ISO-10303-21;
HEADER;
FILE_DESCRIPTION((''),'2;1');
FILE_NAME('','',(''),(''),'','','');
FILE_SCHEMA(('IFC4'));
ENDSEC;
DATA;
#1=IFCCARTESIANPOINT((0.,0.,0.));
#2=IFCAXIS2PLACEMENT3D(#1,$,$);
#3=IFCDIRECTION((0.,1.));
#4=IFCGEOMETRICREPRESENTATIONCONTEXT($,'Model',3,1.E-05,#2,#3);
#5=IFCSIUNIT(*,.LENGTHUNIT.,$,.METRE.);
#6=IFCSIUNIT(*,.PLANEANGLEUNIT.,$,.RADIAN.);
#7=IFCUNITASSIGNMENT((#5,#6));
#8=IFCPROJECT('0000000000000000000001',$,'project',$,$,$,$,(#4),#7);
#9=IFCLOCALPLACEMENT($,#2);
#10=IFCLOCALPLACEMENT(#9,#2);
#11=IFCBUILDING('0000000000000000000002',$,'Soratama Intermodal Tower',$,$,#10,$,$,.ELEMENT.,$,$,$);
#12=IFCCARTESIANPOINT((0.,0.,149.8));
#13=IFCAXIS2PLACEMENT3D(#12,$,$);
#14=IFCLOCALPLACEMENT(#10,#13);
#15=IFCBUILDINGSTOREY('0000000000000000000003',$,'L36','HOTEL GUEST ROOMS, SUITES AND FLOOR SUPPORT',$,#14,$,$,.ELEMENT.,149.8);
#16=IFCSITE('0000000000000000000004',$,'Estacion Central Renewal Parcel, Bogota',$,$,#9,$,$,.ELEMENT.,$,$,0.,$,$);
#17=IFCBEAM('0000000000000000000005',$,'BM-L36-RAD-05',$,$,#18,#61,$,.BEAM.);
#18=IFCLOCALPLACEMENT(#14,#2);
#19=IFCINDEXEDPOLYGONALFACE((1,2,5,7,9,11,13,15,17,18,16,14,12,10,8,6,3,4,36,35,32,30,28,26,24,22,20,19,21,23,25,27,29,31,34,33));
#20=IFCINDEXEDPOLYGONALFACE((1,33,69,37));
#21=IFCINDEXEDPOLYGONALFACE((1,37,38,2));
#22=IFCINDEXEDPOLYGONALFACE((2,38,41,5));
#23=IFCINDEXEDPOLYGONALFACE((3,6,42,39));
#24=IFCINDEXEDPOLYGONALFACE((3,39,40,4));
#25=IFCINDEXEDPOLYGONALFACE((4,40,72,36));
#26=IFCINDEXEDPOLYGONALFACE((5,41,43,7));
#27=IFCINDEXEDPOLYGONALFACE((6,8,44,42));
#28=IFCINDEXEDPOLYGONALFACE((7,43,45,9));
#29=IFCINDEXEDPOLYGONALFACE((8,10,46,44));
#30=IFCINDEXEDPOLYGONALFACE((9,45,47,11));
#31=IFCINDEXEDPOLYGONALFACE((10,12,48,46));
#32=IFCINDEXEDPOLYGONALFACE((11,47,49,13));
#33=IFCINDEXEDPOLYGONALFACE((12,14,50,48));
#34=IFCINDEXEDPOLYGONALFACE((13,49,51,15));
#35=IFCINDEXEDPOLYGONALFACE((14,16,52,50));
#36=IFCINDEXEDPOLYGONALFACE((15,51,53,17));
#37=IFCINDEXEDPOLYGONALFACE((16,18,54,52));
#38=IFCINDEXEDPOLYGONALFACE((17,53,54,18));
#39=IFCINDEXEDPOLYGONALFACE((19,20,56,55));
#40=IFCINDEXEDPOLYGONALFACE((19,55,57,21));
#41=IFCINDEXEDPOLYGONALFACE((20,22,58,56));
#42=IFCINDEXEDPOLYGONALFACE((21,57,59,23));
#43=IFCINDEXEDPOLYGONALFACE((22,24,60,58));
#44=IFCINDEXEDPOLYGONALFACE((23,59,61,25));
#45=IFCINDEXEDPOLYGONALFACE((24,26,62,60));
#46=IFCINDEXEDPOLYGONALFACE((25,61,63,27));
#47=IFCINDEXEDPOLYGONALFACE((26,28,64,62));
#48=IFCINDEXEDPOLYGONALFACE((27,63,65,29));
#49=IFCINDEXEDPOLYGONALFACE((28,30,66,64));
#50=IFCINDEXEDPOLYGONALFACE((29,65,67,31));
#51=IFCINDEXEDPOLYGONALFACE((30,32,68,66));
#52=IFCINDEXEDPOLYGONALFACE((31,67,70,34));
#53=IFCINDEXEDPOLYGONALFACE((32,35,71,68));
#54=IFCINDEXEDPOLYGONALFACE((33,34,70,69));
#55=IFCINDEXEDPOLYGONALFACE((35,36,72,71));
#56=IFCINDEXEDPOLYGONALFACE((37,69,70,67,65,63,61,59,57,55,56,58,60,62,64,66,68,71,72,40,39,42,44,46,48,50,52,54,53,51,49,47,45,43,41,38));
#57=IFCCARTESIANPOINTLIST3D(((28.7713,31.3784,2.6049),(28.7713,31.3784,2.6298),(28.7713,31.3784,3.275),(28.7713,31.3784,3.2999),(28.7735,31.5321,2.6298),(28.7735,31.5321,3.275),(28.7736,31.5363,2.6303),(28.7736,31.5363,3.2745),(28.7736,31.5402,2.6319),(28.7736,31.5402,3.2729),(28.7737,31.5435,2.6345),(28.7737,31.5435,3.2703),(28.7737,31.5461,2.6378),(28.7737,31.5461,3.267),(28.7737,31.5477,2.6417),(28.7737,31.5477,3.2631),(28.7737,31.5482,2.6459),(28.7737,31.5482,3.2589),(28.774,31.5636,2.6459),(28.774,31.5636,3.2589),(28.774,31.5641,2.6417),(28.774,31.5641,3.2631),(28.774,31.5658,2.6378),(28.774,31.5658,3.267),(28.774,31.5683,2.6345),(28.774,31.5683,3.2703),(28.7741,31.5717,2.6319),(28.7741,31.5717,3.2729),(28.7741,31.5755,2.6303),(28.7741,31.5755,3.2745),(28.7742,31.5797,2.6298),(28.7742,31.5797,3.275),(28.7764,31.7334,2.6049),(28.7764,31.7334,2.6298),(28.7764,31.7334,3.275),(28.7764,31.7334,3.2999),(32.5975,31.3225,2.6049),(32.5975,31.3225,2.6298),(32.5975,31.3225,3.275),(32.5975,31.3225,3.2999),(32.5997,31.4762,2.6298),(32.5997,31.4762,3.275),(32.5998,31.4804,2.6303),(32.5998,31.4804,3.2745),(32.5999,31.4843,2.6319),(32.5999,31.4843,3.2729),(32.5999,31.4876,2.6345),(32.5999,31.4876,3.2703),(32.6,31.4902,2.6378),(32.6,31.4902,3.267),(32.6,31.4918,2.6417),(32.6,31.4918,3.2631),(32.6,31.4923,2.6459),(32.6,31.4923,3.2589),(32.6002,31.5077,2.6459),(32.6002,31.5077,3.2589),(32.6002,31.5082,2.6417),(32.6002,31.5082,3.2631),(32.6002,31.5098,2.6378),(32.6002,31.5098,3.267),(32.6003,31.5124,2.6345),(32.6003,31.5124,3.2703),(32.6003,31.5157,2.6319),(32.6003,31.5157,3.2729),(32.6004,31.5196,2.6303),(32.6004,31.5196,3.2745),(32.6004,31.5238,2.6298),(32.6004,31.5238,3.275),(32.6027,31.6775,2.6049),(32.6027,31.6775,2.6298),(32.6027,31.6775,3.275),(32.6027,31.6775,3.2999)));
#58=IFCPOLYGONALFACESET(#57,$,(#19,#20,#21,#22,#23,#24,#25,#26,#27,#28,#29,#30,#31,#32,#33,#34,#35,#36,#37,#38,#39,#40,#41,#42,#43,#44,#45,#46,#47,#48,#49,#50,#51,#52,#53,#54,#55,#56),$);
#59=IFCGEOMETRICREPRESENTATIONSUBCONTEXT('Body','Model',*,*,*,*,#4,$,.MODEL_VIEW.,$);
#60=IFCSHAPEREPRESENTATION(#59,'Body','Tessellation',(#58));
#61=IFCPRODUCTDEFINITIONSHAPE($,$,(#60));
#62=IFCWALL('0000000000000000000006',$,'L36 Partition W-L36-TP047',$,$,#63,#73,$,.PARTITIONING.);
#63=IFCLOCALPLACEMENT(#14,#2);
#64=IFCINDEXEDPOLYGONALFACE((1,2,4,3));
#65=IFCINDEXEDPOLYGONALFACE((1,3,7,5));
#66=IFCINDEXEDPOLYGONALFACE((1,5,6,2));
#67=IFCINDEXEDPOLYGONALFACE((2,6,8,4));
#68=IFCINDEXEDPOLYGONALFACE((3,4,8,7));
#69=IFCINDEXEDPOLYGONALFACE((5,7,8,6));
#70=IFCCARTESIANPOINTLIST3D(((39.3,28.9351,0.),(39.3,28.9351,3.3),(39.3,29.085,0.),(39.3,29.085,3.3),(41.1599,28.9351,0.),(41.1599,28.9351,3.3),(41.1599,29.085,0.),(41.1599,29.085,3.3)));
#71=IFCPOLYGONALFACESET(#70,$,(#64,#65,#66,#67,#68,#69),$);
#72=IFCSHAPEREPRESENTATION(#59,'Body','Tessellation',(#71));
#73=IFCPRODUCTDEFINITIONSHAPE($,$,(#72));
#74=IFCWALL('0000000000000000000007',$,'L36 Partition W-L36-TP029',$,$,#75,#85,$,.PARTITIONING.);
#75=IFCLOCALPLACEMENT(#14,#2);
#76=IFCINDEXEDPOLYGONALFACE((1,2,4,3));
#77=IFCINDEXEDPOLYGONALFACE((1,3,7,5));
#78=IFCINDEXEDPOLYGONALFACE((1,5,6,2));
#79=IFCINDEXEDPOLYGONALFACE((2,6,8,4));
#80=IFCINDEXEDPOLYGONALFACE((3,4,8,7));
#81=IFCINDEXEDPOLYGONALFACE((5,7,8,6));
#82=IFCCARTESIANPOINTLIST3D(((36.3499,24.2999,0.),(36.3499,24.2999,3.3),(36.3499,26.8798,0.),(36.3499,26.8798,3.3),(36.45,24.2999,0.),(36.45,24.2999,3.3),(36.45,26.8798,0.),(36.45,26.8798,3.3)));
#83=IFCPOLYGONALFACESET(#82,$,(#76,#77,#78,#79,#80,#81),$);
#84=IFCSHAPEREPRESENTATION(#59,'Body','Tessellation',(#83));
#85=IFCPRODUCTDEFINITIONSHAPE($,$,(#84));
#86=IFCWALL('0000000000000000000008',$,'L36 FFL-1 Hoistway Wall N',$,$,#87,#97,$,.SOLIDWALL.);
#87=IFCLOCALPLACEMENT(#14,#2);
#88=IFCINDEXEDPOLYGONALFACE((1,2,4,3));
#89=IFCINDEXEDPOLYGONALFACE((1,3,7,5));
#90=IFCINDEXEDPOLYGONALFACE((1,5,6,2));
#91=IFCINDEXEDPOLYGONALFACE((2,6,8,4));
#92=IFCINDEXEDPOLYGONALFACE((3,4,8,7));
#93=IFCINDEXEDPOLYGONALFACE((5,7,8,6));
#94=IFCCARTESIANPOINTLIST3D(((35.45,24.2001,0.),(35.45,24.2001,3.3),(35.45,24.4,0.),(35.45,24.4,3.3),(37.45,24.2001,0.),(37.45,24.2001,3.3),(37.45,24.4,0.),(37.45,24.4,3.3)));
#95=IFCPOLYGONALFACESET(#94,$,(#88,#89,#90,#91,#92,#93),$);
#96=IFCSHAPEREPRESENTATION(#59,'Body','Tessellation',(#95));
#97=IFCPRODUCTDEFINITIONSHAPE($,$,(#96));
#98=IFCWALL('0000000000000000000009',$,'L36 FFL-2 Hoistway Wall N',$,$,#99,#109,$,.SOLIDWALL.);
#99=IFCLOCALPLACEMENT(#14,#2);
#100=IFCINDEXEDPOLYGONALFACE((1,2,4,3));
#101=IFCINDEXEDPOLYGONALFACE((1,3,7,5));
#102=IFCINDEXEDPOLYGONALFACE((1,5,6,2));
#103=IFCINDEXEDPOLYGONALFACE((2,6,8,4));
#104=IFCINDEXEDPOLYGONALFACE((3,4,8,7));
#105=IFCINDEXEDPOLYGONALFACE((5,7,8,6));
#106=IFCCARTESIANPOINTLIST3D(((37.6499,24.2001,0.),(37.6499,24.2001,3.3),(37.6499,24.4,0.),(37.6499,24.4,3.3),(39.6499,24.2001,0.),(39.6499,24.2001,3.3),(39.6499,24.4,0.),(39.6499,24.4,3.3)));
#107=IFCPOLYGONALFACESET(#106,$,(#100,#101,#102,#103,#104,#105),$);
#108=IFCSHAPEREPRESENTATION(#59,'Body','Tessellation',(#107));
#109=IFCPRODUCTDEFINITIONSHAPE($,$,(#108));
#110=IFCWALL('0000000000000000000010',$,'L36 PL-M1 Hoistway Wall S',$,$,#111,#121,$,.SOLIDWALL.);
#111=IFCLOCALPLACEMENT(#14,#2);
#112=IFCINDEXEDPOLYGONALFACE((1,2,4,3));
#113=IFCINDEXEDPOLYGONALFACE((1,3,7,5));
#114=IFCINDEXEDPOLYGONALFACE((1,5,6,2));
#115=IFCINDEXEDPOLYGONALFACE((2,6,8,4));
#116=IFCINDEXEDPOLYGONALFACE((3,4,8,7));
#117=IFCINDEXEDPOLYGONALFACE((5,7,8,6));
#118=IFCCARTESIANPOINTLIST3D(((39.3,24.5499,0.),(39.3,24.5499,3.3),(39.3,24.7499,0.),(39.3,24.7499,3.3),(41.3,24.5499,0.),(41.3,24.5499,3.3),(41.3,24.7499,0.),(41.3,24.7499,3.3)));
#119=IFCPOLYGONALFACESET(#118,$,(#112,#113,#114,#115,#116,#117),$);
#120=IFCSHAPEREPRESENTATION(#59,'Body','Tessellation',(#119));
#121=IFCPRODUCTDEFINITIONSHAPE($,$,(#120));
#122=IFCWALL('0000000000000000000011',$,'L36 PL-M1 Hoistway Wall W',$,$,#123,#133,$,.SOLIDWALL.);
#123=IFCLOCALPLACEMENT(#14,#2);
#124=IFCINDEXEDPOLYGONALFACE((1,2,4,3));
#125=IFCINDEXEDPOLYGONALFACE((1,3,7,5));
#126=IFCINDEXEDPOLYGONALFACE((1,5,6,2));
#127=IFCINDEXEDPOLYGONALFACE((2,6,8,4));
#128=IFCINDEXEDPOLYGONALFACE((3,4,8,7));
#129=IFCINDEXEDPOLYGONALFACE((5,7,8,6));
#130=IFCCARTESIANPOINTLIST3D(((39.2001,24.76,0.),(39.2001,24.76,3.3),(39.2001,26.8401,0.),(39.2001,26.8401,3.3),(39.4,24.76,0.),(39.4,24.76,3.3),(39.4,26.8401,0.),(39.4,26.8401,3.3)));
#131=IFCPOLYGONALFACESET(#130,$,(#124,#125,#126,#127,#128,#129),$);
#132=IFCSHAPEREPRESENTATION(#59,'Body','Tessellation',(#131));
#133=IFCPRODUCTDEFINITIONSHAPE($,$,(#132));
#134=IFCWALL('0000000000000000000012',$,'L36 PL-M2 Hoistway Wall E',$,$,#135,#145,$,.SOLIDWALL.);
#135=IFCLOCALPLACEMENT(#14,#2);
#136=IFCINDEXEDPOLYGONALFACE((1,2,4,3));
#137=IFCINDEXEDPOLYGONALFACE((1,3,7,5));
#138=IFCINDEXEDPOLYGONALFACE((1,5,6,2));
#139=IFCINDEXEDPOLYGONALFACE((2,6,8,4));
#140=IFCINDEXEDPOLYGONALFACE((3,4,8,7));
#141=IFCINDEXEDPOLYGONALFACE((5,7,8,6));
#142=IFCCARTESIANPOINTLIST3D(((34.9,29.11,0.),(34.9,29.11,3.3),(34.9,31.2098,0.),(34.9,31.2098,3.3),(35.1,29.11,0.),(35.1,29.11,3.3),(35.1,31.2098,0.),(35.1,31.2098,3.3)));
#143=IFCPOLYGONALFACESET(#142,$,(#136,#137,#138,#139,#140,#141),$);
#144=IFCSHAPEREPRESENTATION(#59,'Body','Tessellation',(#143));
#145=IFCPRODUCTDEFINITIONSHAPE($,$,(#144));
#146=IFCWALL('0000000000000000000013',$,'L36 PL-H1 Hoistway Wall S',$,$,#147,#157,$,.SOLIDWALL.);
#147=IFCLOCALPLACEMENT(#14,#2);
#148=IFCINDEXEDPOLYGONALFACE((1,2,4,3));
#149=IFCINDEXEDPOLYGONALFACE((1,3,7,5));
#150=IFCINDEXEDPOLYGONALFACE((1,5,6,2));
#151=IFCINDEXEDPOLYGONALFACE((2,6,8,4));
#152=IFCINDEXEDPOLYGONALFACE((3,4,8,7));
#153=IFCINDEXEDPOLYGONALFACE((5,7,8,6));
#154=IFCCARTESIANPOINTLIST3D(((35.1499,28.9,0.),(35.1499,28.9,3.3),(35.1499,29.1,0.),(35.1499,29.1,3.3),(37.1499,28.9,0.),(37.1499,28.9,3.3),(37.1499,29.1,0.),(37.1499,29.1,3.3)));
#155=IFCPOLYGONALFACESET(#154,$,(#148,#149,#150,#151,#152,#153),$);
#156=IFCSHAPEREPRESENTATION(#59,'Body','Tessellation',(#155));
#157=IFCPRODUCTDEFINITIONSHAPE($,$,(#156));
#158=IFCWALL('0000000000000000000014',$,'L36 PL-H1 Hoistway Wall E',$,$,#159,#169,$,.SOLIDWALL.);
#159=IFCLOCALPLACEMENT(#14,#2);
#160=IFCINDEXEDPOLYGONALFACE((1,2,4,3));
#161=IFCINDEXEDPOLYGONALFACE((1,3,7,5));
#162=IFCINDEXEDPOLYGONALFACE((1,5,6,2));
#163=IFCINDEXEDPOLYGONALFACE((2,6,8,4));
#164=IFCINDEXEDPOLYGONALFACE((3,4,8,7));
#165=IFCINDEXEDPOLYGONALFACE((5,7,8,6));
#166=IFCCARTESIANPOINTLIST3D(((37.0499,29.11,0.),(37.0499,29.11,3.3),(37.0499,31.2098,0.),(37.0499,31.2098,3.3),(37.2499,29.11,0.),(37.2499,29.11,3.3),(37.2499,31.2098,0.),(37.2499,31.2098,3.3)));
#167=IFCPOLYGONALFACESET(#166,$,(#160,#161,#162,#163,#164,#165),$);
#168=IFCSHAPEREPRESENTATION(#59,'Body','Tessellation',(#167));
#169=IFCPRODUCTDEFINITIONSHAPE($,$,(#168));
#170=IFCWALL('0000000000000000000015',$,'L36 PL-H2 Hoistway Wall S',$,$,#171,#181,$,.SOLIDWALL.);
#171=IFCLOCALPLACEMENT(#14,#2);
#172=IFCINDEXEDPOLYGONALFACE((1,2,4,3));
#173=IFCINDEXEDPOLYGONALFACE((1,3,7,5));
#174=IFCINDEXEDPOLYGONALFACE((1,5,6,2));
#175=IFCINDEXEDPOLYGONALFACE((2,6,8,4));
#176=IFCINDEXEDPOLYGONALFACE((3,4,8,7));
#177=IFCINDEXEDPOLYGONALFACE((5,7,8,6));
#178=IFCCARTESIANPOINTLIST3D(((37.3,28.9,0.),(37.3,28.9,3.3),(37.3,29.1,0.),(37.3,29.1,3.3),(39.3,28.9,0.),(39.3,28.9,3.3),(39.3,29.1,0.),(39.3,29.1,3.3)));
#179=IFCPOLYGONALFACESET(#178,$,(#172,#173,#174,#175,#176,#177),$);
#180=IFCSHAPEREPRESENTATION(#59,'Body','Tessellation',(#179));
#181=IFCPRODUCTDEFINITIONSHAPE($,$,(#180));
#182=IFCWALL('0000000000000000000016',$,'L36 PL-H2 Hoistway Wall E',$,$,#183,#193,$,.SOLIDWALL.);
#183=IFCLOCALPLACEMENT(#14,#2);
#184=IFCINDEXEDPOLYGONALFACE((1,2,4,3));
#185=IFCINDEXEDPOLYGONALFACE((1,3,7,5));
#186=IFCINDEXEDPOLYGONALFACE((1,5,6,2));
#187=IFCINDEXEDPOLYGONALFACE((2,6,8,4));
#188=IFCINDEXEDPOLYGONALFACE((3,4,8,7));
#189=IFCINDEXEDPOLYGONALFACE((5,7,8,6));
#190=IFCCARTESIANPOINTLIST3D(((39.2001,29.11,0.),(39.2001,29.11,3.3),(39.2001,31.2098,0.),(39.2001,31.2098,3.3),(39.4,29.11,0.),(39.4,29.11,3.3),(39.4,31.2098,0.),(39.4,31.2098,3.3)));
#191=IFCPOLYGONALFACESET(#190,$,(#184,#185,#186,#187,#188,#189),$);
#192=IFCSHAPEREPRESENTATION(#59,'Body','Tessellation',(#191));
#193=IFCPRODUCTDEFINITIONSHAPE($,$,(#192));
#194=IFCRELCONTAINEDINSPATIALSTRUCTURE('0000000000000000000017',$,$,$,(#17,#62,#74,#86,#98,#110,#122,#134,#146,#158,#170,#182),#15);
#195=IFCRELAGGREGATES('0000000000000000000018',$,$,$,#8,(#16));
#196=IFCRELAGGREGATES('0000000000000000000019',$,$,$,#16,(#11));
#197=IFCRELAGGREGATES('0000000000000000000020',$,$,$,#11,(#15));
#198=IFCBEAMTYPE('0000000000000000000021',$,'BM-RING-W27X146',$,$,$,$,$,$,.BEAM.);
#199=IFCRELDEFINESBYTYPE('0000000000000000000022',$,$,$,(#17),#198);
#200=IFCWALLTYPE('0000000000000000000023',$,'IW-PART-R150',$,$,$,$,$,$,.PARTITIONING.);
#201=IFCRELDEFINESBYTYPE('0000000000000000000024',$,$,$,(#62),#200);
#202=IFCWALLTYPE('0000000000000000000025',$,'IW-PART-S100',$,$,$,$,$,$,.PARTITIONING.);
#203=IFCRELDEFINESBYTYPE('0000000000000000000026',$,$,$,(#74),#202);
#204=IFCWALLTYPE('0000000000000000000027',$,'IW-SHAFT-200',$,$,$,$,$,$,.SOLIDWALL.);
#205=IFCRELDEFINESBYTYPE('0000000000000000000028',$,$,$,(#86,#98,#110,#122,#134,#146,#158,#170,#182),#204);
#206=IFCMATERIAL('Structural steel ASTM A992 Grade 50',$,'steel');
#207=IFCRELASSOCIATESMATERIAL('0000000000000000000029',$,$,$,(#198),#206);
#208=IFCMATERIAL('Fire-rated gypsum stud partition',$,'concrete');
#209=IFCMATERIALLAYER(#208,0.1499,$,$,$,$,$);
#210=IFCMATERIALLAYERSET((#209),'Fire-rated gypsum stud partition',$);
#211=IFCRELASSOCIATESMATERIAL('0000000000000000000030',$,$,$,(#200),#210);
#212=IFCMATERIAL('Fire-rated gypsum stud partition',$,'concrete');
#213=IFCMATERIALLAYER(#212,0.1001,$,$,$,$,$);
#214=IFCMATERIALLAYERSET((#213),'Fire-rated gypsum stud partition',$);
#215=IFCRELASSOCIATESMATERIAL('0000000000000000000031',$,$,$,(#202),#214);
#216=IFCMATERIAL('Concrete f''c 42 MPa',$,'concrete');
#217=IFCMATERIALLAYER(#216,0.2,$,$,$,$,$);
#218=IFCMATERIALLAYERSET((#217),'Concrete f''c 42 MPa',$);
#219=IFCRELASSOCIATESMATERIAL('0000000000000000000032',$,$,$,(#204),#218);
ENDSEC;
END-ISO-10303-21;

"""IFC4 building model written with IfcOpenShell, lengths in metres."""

from ifc_helpers import new_model, si_unit, direction, frame, frame_2d, origin, origin_2d, place, context, subcontext, project, spatial, rectangle, i_section, extrude, material, layer, layer_set, material_profile, profile_set, type_object, element, save


model = new_model("IFC4")

# Units and contexts
model_context = context("Model", 3, precision=1e-05, world=origin(), true_north=direction((0.0, 1.0)))
body_context = subcontext(model_context, "Body", "Model", "MODEL_VIEW")
ifc_project = project(units=[si_unit("LENGTHUNIT", "METRE"), si_unit("PLANEANGLEUNIT", "RADIAN")], contexts=[model_context])

# Site, building, storey
site_placement = place(None, origin())
site = spatial("IfcSite", under=ifc_project, at=site_placement, Name="Estacion Central Renewal Parcel, Bogota", CompositionType="ELEMENT", RefElevation=0.0)
building_placement = place(site_placement, origin())
building = spatial("IfcBuilding", under=site, at=building_placement, Name="Soratama Intermodal Tower", CompositionType="ELEMENT")
storey_placement = place(building_placement, frame((0.0, 0.0, 149.8)))
storey = spatial("IfcBuildingStorey", under=building, at=storey_placement, Name="L36", Description="HOTEL GUEST ROOMS, SUITES AND FLOOR SUPPORT", CompositionType="ELEMENT", Elevation=149.8)

# Beam
ifc_material_1 = material(Name="Structural steel ASTM A992 Grade 50", Category="steel")
ifc_material_profile = material_profile(ifc_material_1, i_section(OverallWidth=0.355, OverallDepth=0.6951, WebThickness=0.0154, FlangeThickness=0.0249, FilletRadius=0.0161, at=origin_2d()), Name="W27X146")
ifc_profile_set = profile_set([ifc_material_profile], Name="Structural steel ASTM A992 Grade 50")
beam_type = type_object("IfcBeamType", Name="BM-RING-W27X146", PredefinedType="BEAM", material=ifc_profile_set)
beam_placement = place(storey_placement, frame((32.6001, 31.5, 2.9524), z_axis=(-0.999893, 0.01461, 0.0), x_axis=(-0.01461, -0.999893, 0.0)))
element("IfcBeam", 1, at=beam_placement, inside=storey, type_object=beam_type, Name="BM-L36-RAD-05", PredefinedType="BEAM", context=body_context, shape_type="SweptSolid", body=[
    extrude(i_section(OverallWidth=0.355, OverallDepth=0.6951, WebThickness=0.0154, FlangeThickness=0.0249, FilletRadius=0.0161, at=origin_2d()), origin(), (0.0, 0.0, 1.0), 3.8267),
])

# Shared definitions
ifc_material_2 = material(Name="Fire-rated gypsum stud partition", Category="concrete")
ifc_layer_1 = layer(ifc_material_2, 0.1499)
ifc_layer_set_1 = layer_set([ifc_layer_1], Name="Fire-rated gypsum stud partition")
wall_type_1 = type_object("IfcWallType", Name="IW-PART-R150", PredefinedType="PARTITIONING", material=ifc_layer_set_1)

# Walls
wall_1_placement = place(storey_placement, frame((39.3, 29.01, 0.0), z_axis=(0.0, 0.0, 1.0), x_axis=(1.0, 0.0, 0.0)))
element("IfcWall", 2, at=wall_1_placement, inside=storey, type_object=wall_type_1, Name="L36 Partition W-L36-TP047", PredefinedType="PARTITIONING", context=body_context, shape_type="SweptSolid", body=[
    extrude(rectangle(XDim=1.8599, YDim=0.1499, at=frame_2d((0.9299, 0.0))), origin(), (0.0, 0.0, 1.0), 3.3),
])
ifc_material_3 = material(Name="Fire-rated gypsum stud partition", Category="concrete")
ifc_layer_2 = layer(ifc_material_3, 0.1001)
ifc_layer_set_2 = layer_set([ifc_layer_2], Name="Fire-rated gypsum stud partition")
wall_type_2 = type_object("IfcWallType", Name="IW-PART-S100", PredefinedType="PARTITIONING", material=ifc_layer_set_2)
wall_2_placement = place(storey_placement, frame((36.3999, 26.8799, 0.0), z_axis=(0.0, 0.0, 1.0), x_axis=(0.0, -1.0, 0.0)))
element("IfcWall", 3, at=wall_2_placement, inside=storey, type_object=wall_type_2, Name="L36 Partition W-L36-TP029", PredefinedType="PARTITIONING", context=body_context, shape_type="SweptSolid", body=[
    extrude(rectangle(XDim=2.5798, YDim=0.1001, at=frame_2d((1.29, 0.0))), origin(), (0.0, 0.0, 1.0), 3.3),
])
ifc_material_4 = material(Name="Concrete f'c 42 MPa", Category="concrete")
ifc_layer_3 = layer(ifc_material_4, 0.2)
ifc_layer_set_3 = layer_set([ifc_layer_3], Name="Concrete f'c 42 MPa")
wall_type_3 = type_object("IfcWallType", Name="IW-SHAFT-200", PredefinedType="SOLIDWALL", material=ifc_layer_set_3)
for number, where, z_axis, x_axis, name in (
    (4, (35.45, 24.3, 0.0), (0.0, 0.0, 1.0), (1.0, 0.0, 0.0), "L36 FFL-1 Hoistway Wall N"),
    (5, (37.6499, 24.3, 0.0), (0.0, 0.0, 1.0), (1.0, 0.0, 0.0), "L36 FFL-2 Hoistway Wall N"),
    (6, (39.3, 24.6499, 0.0), (0.0, 0.0, 1.0), (1.0, 0.0, 0.0), "L36 PL-M1 Hoistway Wall S"),
):
    element("IfcWall", number, at=place(storey_placement, frame(where, z_axis=z_axis, x_axis=x_axis)), inside=storey, type_object=wall_type_3, Name=name, PredefinedType="SOLIDWALL", context=body_context, shape_type="SweptSolid", body=[
        extrude(rectangle(XDim=2.0, YDim=0.2, at=frame_2d((1.0, 0.0))), origin(), (0.0, 0.0, 1.0), 3.3),
    ])

# Wall
wall_3_placement = place(storey_placement, frame((39.3, 24.76, 0.0), z_axis=(0.0, 0.0, 1.0), x_axis=(0.0, 1.0, 0.0)))
element("IfcWall", 7, at=wall_3_placement, inside=storey, type_object=wall_type_3, Name="L36 PL-M1 Hoistway Wall W", PredefinedType="SOLIDWALL", context=body_context, shape_type="SweptSolid", body=[
    extrude(rectangle(XDim=2.0801, YDim=0.2, at=frame_2d((1.04, 0.0))), origin(), (0.0, 0.0, 1.0), 3.3),
])

# Walls
wall_4_placement = place(storey_placement, frame((35.0, 29.1101, 0.0), z_axis=(0.0, 0.0, 1.0), x_axis=(0.0, 1.0, 0.0)))
element("IfcWall", 8, at=wall_4_placement, inside=storey, type_object=wall_type_3, Name="L36 PL-M2 Hoistway Wall E", PredefinedType="SOLIDWALL", context=body_context, shape_type="SweptSolid", body=[
    extrude(rectangle(XDim=2.0999, YDim=0.2, at=frame_2d((1.0498, 0.0))), origin(), (0.0, 0.0, 1.0), 3.3),
])
wall_5_placement = place(storey_placement, frame((35.1499, 29.0, 0.0), z_axis=(0.0, 0.0, 1.0), x_axis=(1.0, 0.0, 0.0)))
element("IfcWall", 9, at=wall_5_placement, inside=storey, type_object=wall_type_3, Name="L36 PL-H1 Hoistway Wall S", PredefinedType="SOLIDWALL", context=body_context, shape_type="SweptSolid", body=[
    extrude(rectangle(XDim=2.0, YDim=0.2, at=frame_2d((1.0, 0.0))), origin(), (0.0, 0.0, 1.0), 3.3),
])
wall_6_placement = place(storey_placement, frame((37.1499, 29.1101, 0.0), z_axis=(0.0, 0.0, 1.0), x_axis=(0.0, 1.0, 0.0)))
element("IfcWall", 10, at=wall_6_placement, inside=storey, type_object=wall_type_3, Name="L36 PL-H1 Hoistway Wall E", PredefinedType="SOLIDWALL", context=body_context, shape_type="SweptSolid", body=[
    extrude(rectangle(XDim=2.0999, YDim=0.2, at=frame_2d((1.0498, 0.0))), origin(), (0.0, 0.0, 1.0), 3.3),
])
wall_7_placement = place(storey_placement, frame((37.3, 29.0, 0.0), z_axis=(0.0, 0.0, 1.0), x_axis=(1.0, 0.0, 0.0)))
element("IfcWall", 11, at=wall_7_placement, inside=storey, type_object=wall_type_3, Name="L36 PL-H2 Hoistway Wall S", PredefinedType="SOLIDWALL", context=body_context, shape_type="SweptSolid", body=[
    extrude(rectangle(XDim=2.0, YDim=0.2, at=frame_2d((1.0, 0.0))), origin(), (0.0, 0.0, 1.0), 3.3),
])
wall_8_placement = place(storey_placement, frame((39.3, 29.1101, 0.0), z_axis=(0.0, 0.0, 1.0), x_axis=(0.0, 1.0, 0.0)))
element("IfcWall", 12, at=wall_8_placement, inside=storey, type_object=wall_type_3, Name="L36 PL-H2 Hoistway Wall E", PredefinedType="SOLIDWALL", context=body_context, shape_type="SweptSolid", body=[
    extrude(rectangle(XDim=2.0999, YDim=0.2, at=frame_2d((1.0498, 0.0))), origin(), (0.0, 0.0, 1.0), 3.3),
])

save(model, "model.ifc")
